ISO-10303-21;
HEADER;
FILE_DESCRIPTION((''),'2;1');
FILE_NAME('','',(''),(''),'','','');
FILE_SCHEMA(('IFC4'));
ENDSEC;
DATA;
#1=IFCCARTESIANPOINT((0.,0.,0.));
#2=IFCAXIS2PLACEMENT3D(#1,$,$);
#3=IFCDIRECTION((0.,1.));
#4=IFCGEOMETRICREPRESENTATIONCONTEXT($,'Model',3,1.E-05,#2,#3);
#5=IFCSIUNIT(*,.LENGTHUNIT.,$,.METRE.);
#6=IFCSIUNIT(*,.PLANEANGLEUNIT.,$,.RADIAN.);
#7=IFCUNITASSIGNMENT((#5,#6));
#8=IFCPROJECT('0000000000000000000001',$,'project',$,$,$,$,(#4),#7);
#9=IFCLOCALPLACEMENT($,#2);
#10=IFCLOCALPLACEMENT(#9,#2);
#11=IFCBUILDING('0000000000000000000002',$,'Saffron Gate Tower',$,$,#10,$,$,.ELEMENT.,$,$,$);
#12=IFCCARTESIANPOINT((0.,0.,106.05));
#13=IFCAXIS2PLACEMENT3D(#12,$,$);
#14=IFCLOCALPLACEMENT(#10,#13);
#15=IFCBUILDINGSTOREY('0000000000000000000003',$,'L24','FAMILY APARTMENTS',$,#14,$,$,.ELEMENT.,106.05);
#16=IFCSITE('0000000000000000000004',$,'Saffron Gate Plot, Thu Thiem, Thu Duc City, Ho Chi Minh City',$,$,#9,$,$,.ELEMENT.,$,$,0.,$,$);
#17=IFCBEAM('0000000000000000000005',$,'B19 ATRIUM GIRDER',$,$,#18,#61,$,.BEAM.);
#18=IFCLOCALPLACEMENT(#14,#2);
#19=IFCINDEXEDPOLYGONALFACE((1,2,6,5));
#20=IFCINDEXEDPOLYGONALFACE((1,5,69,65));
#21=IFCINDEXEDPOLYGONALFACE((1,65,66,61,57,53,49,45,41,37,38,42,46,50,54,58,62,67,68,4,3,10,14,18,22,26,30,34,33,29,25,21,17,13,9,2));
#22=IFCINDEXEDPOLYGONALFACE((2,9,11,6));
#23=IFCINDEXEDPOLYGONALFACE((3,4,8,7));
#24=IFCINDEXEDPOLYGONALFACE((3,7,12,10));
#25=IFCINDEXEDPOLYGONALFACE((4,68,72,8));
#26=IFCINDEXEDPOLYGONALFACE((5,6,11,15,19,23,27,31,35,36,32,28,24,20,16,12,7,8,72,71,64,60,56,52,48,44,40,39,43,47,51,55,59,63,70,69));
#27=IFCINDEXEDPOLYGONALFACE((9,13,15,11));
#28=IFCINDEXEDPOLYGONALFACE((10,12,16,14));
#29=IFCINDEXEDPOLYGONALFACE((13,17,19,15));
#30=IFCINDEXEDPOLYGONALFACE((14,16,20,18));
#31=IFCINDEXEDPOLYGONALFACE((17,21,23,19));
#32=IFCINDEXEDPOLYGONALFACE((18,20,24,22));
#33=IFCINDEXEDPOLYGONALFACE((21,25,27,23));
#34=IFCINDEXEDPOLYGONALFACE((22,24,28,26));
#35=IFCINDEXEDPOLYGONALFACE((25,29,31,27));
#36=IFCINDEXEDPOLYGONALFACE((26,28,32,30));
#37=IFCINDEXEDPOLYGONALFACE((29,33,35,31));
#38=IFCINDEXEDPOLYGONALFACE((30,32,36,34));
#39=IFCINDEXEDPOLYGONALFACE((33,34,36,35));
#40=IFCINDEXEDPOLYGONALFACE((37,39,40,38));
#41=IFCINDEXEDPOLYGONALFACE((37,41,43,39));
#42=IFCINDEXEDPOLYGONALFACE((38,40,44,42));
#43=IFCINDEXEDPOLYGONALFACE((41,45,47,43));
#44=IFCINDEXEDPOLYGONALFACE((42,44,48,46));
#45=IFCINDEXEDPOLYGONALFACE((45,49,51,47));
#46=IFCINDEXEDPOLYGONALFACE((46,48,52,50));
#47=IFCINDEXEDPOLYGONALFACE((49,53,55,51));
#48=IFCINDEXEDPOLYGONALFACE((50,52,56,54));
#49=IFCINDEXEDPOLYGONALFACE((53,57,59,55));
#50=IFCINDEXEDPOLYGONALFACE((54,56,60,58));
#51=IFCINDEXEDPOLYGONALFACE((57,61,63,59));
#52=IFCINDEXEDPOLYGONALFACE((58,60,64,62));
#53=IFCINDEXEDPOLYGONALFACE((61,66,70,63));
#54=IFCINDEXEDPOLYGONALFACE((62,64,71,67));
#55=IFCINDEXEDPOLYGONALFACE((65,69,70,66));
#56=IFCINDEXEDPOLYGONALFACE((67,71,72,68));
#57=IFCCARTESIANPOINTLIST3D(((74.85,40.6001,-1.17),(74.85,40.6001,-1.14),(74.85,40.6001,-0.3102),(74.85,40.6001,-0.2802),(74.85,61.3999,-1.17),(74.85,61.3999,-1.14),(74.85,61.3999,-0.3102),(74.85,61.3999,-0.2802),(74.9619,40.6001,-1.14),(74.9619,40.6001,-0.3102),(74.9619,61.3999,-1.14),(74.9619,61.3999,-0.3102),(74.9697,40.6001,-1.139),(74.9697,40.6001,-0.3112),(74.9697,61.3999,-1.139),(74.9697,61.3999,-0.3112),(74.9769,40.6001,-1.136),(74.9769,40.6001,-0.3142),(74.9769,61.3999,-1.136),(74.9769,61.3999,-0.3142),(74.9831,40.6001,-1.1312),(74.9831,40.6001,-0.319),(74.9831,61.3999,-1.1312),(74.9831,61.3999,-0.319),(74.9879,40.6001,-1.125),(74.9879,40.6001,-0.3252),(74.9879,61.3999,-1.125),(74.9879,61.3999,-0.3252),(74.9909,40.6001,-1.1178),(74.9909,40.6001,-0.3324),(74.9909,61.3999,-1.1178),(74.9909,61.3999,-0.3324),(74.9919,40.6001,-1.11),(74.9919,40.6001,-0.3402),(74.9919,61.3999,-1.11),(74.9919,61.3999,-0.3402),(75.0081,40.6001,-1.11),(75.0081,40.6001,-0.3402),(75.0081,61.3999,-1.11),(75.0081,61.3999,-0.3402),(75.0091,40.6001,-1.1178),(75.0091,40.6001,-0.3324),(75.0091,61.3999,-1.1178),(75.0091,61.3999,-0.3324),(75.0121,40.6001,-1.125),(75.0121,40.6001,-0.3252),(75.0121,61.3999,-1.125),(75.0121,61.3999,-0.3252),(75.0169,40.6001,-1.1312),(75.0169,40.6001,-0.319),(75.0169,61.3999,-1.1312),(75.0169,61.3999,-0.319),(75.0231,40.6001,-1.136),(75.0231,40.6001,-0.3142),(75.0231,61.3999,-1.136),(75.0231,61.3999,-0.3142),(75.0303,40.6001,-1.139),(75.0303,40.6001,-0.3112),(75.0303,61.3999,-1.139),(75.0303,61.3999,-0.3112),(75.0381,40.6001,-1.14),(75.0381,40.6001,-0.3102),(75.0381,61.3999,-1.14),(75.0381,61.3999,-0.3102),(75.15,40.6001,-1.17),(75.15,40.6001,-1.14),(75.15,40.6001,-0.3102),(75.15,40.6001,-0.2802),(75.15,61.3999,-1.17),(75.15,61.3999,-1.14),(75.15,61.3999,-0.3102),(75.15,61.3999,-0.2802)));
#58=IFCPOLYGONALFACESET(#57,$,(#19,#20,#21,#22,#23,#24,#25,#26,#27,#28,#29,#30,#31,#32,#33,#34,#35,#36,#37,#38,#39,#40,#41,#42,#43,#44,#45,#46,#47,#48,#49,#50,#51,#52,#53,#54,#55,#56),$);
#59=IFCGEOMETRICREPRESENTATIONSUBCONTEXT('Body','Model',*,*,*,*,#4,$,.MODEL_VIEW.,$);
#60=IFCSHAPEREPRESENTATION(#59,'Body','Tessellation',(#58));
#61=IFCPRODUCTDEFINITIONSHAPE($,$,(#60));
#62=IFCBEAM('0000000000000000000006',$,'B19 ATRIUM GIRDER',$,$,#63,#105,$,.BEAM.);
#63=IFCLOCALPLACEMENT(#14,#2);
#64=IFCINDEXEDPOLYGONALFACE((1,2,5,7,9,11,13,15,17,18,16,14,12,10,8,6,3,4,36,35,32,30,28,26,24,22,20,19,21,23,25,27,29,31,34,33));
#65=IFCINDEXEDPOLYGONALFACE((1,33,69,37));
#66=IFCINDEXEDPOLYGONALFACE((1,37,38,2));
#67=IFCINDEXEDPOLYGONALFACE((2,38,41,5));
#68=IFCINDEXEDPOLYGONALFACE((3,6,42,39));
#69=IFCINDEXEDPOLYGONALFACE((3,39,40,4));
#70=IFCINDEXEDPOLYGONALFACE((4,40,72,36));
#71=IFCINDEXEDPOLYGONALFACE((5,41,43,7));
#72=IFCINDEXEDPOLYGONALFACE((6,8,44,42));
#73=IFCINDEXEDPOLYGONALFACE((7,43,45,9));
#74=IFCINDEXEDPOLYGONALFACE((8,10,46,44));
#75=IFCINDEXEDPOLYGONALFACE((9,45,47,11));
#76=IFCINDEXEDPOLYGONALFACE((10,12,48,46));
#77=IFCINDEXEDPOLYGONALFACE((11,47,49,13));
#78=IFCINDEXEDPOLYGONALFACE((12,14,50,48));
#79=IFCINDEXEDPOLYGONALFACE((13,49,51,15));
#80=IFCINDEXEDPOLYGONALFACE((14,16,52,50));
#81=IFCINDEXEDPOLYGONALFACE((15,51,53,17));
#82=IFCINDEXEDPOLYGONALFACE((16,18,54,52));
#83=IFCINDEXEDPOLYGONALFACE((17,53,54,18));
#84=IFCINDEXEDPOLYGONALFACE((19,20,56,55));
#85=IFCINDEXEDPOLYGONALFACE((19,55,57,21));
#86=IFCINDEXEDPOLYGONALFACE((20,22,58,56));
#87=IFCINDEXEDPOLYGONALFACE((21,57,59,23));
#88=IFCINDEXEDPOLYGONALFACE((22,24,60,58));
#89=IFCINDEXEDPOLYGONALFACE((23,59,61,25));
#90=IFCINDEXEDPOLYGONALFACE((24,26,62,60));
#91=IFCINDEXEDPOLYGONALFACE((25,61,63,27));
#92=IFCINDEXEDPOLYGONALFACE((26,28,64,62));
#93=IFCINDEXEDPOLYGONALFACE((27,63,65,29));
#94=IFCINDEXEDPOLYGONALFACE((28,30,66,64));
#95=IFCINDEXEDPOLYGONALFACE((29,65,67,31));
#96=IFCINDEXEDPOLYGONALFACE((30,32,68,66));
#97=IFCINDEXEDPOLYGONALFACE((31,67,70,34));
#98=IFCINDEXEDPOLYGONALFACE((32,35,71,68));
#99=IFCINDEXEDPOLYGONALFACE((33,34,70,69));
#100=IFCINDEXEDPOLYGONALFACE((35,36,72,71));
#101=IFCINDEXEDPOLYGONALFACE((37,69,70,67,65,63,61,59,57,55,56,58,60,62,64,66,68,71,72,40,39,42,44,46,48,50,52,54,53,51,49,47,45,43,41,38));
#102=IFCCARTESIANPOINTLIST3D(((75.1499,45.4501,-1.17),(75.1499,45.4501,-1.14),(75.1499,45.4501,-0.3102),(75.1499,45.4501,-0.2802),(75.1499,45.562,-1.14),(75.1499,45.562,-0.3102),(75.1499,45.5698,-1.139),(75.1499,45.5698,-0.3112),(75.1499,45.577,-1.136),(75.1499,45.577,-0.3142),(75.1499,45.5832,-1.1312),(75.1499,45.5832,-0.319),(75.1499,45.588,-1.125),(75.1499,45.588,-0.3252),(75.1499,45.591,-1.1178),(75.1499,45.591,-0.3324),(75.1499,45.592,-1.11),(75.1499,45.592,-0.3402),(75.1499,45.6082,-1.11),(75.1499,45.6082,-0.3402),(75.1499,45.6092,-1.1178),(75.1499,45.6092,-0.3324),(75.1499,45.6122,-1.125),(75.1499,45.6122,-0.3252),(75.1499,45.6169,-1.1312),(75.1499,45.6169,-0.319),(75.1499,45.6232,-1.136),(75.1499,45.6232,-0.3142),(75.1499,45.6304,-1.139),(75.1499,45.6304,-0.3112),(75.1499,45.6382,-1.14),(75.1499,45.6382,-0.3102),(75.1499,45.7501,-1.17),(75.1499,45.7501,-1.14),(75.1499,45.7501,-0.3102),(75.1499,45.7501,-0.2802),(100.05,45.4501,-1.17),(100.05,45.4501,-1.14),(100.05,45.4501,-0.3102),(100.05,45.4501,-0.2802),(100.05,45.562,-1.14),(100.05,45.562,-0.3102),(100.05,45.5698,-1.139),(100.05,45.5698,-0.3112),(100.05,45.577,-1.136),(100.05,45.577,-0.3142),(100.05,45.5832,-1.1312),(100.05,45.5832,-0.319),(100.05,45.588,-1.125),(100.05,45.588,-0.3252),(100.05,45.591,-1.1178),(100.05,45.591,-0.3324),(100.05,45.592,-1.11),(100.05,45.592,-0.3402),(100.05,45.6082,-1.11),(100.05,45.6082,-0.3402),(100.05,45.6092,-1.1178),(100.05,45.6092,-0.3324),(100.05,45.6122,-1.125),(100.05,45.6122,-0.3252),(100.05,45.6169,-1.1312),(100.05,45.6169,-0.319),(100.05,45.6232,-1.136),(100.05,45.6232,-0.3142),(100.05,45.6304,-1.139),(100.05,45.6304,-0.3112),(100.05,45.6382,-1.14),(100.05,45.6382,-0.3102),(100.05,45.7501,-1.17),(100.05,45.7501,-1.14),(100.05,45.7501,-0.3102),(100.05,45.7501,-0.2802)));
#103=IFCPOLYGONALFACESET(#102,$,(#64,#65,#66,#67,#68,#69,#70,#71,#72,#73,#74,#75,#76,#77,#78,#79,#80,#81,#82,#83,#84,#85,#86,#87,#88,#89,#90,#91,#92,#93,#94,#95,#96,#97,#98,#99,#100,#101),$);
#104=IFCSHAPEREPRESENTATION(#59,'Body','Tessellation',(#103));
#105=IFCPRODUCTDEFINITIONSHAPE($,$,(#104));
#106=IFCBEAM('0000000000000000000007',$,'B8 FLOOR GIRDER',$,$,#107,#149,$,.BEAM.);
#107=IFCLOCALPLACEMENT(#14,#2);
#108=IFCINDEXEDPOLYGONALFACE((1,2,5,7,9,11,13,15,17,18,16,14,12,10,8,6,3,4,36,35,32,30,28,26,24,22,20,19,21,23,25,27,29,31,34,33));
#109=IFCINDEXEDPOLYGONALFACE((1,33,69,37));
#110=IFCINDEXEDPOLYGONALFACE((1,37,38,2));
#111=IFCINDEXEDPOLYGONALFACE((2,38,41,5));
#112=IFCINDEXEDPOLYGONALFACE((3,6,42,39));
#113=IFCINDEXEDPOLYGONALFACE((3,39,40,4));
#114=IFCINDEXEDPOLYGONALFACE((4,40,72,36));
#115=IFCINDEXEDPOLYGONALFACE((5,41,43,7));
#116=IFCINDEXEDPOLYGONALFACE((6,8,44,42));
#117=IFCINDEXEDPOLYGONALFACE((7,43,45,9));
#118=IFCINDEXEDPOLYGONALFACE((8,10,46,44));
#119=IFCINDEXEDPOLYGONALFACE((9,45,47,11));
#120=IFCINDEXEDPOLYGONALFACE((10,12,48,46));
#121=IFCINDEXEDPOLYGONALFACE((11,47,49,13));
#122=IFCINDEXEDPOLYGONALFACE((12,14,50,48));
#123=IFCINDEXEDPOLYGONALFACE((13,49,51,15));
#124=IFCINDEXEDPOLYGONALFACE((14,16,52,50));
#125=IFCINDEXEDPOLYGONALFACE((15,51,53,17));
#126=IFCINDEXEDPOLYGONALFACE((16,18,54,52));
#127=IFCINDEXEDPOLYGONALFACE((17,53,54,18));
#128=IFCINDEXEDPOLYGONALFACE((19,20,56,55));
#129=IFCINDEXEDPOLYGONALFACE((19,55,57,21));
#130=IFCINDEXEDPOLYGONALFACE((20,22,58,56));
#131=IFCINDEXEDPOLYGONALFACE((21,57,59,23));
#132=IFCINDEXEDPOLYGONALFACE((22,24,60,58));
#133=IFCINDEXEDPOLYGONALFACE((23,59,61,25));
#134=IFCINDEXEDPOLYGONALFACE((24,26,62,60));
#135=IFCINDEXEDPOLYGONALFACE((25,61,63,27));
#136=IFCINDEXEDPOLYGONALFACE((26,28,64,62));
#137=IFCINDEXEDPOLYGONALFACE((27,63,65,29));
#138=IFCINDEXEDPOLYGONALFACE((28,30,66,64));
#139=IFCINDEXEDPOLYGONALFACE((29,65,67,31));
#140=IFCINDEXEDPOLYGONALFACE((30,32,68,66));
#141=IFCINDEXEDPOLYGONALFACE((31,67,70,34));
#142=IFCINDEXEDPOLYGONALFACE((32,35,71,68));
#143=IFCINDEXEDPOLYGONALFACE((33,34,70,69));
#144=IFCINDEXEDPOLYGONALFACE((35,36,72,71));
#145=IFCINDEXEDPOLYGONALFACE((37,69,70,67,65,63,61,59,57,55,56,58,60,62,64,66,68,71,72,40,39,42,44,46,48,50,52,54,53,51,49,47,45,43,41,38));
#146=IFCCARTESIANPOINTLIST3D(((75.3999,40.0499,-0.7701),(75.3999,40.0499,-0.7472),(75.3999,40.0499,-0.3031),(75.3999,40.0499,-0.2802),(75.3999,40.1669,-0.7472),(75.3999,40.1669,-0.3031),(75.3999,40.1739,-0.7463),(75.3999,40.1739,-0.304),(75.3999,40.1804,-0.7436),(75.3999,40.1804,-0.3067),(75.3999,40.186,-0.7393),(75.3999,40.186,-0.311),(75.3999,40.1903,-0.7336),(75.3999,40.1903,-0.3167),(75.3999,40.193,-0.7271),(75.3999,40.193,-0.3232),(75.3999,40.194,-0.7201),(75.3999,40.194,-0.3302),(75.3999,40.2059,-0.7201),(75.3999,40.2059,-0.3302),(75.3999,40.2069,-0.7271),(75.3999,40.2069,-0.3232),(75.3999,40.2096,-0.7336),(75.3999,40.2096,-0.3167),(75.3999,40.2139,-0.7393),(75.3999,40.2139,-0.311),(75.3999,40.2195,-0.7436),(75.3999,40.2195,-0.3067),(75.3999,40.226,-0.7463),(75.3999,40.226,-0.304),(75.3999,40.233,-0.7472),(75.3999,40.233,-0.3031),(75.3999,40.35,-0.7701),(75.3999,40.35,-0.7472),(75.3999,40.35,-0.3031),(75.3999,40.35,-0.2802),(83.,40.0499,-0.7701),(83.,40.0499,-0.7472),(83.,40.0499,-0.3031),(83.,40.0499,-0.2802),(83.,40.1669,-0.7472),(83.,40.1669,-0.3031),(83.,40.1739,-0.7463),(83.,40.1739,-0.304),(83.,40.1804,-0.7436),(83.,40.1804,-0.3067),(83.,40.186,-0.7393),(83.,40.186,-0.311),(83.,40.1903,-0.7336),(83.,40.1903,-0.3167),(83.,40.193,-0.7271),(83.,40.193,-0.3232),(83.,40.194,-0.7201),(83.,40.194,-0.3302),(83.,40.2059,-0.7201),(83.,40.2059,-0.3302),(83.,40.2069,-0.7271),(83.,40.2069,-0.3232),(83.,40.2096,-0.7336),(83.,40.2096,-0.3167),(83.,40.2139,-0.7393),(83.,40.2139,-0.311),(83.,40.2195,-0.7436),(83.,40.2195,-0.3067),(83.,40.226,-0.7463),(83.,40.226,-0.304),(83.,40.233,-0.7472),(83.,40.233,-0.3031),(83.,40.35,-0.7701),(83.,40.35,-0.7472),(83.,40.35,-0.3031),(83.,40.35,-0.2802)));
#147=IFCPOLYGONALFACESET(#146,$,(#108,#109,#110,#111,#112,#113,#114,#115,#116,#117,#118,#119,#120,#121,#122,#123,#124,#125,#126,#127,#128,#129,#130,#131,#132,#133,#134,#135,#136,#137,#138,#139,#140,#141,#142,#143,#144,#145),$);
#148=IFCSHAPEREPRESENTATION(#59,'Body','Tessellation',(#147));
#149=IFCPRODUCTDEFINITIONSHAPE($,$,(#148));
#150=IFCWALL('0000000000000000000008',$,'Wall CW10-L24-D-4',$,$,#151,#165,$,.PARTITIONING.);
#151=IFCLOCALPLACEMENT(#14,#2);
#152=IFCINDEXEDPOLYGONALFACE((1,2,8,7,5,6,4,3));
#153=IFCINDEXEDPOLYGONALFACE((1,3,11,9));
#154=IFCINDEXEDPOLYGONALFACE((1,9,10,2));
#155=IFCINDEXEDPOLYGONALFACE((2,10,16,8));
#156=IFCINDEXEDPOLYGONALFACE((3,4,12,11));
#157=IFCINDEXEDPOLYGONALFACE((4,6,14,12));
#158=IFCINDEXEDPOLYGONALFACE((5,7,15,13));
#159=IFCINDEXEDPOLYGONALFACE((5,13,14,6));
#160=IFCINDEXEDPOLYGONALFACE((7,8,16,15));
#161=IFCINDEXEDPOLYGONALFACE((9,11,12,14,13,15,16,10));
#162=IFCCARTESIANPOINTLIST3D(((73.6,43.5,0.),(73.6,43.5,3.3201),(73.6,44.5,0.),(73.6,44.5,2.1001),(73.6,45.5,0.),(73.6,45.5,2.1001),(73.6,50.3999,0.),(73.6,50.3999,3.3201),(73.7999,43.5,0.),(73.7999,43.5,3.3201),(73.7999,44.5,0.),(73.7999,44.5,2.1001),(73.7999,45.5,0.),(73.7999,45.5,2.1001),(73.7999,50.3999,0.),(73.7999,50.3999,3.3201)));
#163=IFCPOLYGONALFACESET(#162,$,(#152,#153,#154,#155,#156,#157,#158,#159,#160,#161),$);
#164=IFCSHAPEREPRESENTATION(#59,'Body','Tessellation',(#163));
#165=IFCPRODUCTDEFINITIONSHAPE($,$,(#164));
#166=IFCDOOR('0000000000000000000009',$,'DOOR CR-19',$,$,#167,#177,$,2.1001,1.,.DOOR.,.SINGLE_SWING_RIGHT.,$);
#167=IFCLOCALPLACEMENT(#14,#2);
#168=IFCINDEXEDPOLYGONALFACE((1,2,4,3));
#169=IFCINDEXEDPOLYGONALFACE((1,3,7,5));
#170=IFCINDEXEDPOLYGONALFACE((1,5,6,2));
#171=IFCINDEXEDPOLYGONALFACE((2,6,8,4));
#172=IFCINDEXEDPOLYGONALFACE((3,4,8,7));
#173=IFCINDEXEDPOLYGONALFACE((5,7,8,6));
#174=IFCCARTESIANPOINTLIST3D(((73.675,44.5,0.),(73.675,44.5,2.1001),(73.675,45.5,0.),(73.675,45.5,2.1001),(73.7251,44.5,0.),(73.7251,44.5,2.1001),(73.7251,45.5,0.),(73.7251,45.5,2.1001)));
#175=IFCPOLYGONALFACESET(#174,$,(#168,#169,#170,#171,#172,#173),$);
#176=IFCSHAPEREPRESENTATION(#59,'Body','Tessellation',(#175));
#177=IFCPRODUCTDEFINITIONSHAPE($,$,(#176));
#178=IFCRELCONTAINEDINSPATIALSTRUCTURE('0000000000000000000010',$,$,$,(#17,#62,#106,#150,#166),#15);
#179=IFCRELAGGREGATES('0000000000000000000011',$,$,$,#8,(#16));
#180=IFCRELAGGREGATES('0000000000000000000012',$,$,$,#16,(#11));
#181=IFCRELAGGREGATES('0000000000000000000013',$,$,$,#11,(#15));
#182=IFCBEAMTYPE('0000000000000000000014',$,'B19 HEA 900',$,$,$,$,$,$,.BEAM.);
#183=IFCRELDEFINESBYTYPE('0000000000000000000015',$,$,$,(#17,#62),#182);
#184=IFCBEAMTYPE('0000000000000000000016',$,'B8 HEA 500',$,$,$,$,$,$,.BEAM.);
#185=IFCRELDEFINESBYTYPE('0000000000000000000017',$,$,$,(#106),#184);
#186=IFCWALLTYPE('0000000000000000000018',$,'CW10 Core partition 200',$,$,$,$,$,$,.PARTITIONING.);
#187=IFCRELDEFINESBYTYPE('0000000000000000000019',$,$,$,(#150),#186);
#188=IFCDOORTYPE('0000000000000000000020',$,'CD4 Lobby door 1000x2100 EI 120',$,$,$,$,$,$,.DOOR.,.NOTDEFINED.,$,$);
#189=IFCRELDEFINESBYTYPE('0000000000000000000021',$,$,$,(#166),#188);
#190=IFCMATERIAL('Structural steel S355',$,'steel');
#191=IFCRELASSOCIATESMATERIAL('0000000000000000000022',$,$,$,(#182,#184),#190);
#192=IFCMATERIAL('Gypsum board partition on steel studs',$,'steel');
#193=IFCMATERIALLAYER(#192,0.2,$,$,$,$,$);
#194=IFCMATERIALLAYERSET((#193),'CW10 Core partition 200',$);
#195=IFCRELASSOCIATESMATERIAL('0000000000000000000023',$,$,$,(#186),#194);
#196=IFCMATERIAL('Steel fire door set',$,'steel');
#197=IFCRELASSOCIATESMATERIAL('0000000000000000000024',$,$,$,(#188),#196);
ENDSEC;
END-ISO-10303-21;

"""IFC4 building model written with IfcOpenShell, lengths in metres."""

from ifc_helpers import new_model, si_unit, direction, frame, frame_2d, origin, origin_2d, place, context, subcontext, project, spatial, rectangle, i_section, extrude, material, layer, layer_set, material_profile, profile_set, type_object, element, fill, save


model = new_model("IFC4")

# Units and contexts
model_context = context("Model", 3, precision=1e-05, world=origin(), true_north=direction((0.0, 1.0)))
body_context = subcontext(model_context, "Body", "Model", "MODEL_VIEW")
ifc_project = project(units=[si_unit("LENGTHUNIT", "METRE"), si_unit("PLANEANGLEUNIT", "RADIAN")], contexts=[model_context])

# Site, building, storey
site_placement = place(None, origin())
site = spatial("IfcSite", under=ifc_project, at=site_placement, Name="Saffron Gate Plot, Thu Thiem, Thu Duc City, Ho Chi Minh City", CompositionType="ELEMENT", RefElevation=0.0)
building_placement = place(site_placement, origin())
building = spatial("IfcBuilding", under=site, at=building_placement, Name="Saffron Gate Tower", CompositionType="ELEMENT")
storey_placement = place(building_placement, frame((0.0, 0.0, 106.05)))
storey = spatial("IfcBuildingStorey", under=building, at=storey_placement, Name="L24", Description="FAMILY APARTMENTS", CompositionType="ELEMENT", Elevation=106.05)

# Beams
ifc_material_1 = material(Name="Structural steel S355", Category="steel")
ifc_material_profile_1 = material_profile(ifc_material_1, i_section(OverallWidth=0.3, OverallDepth=0.8899, WebThickness=0.0161, FlangeThickness=0.03, FilletRadius=0.03, at=origin_2d()))
ifc_profile_set_1 = profile_set([ifc_material_profile_1], Name="Structural steel S355")
beam_type_1 = type_object("IfcBeamType", Name="B19 HEA 900", PredefinedType="BEAM", material=ifc_profile_set_1)
beam_1_placement = place(storey_placement, frame((75.0, 40.6001, -0.7251), z_axis=(0.0, 1.0, 0.0), x_axis=(-1.0, 0.0, 0.0)))
element("IfcBeam", 1, at=beam_1_placement, inside=storey, type_object=beam_type_1, Name="B19 ATRIUM GIRDER", PredefinedType="BEAM", context=body_context, shape_type="SweptSolid", body=[
    extrude(i_section(OverallWidth=0.3, OverallDepth=0.8899, WebThickness=0.0161, FlangeThickness=0.03, FilletRadius=0.03, at=origin_2d()), origin(), (0.0, 0.0, 1.0), 20.7998),
])
beam_2_placement = place(storey_placement, frame((75.1499, 45.6001, -0.7251), z_axis=(1.0, 0.0, 0.0), x_axis=(0.0, 1.0, 0.0)))
element("IfcBeam", 2, at=beam_2_placement, inside=storey, type_object=beam_type_1, Name="B19 ATRIUM GIRDER", PredefinedType="BEAM", context=body_context, shape_type="SweptSolid", body=[
    extrude(i_section(OverallWidth=0.3, OverallDepth=0.8899, WebThickness=0.0161, FlangeThickness=0.03, FilletRadius=0.03, at=origin_2d()), origin(), (0.0, 0.0, 1.0), 24.9001),
])
ifc_material_profile_2 = material_profile(ifc_material_1, i_section(OverallWidth=0.3, OverallDepth=0.49, WebThickness=0.012, FlangeThickness=0.0229, FilletRadius=0.0271, at=origin_2d()))
ifc_profile_set_2 = profile_set([ifc_material_profile_2], Name="Structural steel S355")
beam_type_2 = type_object("IfcBeamType", Name="B8 HEA 500", PredefinedType="BEAM", material=ifc_profile_set_2)
beam_3_placement = place(storey_placement, frame((75.3999, 40.2, -0.5251), z_axis=(1.0, 0.0, 0.0), x_axis=(0.0, 1.0, 0.0)))
element("IfcBeam", 3, at=beam_3_placement, inside=storey, type_object=beam_type_2, Name="B8 FLOOR GIRDER", PredefinedType="BEAM", context=body_context, shape_type="SweptSolid", body=[
    extrude(i_section(OverallWidth=0.3, OverallDepth=0.49, WebThickness=0.012, FlangeThickness=0.0229, FilletRadius=0.0271, at=origin_2d()), origin(), (0.0, 0.0, 1.0), 7.6001),
])

# Wall, opening, door
ifc_material_2 = material(Name="Gypsum board partition on steel studs", Category="steel")
ifc_layer_1 = layer(ifc_material_2, 0.2)
ifc_layer_set_1 = layer_set([ifc_layer_1], Name="CW10 Core partition 200")
wall_type_1 = type_object("IfcWallType", Name="CW10 Core partition 200", PredefinedType="PARTITIONING", material=ifc_layer_set_1)
wall_1_placement = place(storey_placement, frame((73.7, 43.5, 0.0), z_axis=(0.0, 0.0, 1.0), x_axis=(0.0, 1.0, 0.0)))
wall_1 = element("IfcWall", 4, at=wall_1_placement, inside=storey, type_object=wall_type_1, Name="Wall CW10-L24-D-4", PredefinedType="PARTITIONING", context=body_context, shape_type="SweptSolid", body=[
    extrude(rectangle(XDim=6.8999, YDim=0.2, at=frame_2d((3.45, 0.0))), origin(), (0.0, 0.0, 1.0), 3.3201),
])
opening_1_placement = place(wall_1_placement, frame((1.0, 0.0, 0.0)))
opening_1 = element("IfcOpeningElement", 5, at=opening_1_placement, cuts=wall_1, PredefinedType="OPENING", context=body_context, shape_type="SweptSolid", body=[
    extrude(rectangle(XDim=1.0, YDim=2.1001, at=frame_2d((0.5, 1.05))), frame((0.0, 0.1099, 0.0), z_axis=(0.0, -1.0, 0.0), x_axis=(1.0, 0.0, 0.0)), (0.0, 0.0, 1.0), 0.22),
])
ifc_material_3 = material(Name="Steel fire door set", Category="steel")
door_type_1 = type_object("IfcDoorType", Name="CD4 Lobby door 1000x2100 EI 120", OperationType="NOTDEFINED", PredefinedType="DOOR", material=ifc_material_3)
door_1_placement = place(opening_1_placement, origin())
door_1 = element("IfcDoor", 6, at=door_1_placement, inside=storey, type_object=door_type_1, Name="DOOR CR-19", OperationType="SINGLE_SWING_RIGHT", OverallHeight=2.1001, OverallWidth=1.0, PredefinedType="DOOR", context=body_context, shape_type="SweptSolid", body=[
    extrude(rectangle(XDim=1.0, YDim=2.1001, at=frame_2d((0.5, 1.05))), frame((0.0, 0.0249, 0.0), z_axis=(0.0, -1.0, 0.0), x_axis=(1.0, 0.0, 0.0)), (0.0, 0.0, 1.0), 0.05),
])
fill(opening_1, door_1)

save(model, "model.ifc")
